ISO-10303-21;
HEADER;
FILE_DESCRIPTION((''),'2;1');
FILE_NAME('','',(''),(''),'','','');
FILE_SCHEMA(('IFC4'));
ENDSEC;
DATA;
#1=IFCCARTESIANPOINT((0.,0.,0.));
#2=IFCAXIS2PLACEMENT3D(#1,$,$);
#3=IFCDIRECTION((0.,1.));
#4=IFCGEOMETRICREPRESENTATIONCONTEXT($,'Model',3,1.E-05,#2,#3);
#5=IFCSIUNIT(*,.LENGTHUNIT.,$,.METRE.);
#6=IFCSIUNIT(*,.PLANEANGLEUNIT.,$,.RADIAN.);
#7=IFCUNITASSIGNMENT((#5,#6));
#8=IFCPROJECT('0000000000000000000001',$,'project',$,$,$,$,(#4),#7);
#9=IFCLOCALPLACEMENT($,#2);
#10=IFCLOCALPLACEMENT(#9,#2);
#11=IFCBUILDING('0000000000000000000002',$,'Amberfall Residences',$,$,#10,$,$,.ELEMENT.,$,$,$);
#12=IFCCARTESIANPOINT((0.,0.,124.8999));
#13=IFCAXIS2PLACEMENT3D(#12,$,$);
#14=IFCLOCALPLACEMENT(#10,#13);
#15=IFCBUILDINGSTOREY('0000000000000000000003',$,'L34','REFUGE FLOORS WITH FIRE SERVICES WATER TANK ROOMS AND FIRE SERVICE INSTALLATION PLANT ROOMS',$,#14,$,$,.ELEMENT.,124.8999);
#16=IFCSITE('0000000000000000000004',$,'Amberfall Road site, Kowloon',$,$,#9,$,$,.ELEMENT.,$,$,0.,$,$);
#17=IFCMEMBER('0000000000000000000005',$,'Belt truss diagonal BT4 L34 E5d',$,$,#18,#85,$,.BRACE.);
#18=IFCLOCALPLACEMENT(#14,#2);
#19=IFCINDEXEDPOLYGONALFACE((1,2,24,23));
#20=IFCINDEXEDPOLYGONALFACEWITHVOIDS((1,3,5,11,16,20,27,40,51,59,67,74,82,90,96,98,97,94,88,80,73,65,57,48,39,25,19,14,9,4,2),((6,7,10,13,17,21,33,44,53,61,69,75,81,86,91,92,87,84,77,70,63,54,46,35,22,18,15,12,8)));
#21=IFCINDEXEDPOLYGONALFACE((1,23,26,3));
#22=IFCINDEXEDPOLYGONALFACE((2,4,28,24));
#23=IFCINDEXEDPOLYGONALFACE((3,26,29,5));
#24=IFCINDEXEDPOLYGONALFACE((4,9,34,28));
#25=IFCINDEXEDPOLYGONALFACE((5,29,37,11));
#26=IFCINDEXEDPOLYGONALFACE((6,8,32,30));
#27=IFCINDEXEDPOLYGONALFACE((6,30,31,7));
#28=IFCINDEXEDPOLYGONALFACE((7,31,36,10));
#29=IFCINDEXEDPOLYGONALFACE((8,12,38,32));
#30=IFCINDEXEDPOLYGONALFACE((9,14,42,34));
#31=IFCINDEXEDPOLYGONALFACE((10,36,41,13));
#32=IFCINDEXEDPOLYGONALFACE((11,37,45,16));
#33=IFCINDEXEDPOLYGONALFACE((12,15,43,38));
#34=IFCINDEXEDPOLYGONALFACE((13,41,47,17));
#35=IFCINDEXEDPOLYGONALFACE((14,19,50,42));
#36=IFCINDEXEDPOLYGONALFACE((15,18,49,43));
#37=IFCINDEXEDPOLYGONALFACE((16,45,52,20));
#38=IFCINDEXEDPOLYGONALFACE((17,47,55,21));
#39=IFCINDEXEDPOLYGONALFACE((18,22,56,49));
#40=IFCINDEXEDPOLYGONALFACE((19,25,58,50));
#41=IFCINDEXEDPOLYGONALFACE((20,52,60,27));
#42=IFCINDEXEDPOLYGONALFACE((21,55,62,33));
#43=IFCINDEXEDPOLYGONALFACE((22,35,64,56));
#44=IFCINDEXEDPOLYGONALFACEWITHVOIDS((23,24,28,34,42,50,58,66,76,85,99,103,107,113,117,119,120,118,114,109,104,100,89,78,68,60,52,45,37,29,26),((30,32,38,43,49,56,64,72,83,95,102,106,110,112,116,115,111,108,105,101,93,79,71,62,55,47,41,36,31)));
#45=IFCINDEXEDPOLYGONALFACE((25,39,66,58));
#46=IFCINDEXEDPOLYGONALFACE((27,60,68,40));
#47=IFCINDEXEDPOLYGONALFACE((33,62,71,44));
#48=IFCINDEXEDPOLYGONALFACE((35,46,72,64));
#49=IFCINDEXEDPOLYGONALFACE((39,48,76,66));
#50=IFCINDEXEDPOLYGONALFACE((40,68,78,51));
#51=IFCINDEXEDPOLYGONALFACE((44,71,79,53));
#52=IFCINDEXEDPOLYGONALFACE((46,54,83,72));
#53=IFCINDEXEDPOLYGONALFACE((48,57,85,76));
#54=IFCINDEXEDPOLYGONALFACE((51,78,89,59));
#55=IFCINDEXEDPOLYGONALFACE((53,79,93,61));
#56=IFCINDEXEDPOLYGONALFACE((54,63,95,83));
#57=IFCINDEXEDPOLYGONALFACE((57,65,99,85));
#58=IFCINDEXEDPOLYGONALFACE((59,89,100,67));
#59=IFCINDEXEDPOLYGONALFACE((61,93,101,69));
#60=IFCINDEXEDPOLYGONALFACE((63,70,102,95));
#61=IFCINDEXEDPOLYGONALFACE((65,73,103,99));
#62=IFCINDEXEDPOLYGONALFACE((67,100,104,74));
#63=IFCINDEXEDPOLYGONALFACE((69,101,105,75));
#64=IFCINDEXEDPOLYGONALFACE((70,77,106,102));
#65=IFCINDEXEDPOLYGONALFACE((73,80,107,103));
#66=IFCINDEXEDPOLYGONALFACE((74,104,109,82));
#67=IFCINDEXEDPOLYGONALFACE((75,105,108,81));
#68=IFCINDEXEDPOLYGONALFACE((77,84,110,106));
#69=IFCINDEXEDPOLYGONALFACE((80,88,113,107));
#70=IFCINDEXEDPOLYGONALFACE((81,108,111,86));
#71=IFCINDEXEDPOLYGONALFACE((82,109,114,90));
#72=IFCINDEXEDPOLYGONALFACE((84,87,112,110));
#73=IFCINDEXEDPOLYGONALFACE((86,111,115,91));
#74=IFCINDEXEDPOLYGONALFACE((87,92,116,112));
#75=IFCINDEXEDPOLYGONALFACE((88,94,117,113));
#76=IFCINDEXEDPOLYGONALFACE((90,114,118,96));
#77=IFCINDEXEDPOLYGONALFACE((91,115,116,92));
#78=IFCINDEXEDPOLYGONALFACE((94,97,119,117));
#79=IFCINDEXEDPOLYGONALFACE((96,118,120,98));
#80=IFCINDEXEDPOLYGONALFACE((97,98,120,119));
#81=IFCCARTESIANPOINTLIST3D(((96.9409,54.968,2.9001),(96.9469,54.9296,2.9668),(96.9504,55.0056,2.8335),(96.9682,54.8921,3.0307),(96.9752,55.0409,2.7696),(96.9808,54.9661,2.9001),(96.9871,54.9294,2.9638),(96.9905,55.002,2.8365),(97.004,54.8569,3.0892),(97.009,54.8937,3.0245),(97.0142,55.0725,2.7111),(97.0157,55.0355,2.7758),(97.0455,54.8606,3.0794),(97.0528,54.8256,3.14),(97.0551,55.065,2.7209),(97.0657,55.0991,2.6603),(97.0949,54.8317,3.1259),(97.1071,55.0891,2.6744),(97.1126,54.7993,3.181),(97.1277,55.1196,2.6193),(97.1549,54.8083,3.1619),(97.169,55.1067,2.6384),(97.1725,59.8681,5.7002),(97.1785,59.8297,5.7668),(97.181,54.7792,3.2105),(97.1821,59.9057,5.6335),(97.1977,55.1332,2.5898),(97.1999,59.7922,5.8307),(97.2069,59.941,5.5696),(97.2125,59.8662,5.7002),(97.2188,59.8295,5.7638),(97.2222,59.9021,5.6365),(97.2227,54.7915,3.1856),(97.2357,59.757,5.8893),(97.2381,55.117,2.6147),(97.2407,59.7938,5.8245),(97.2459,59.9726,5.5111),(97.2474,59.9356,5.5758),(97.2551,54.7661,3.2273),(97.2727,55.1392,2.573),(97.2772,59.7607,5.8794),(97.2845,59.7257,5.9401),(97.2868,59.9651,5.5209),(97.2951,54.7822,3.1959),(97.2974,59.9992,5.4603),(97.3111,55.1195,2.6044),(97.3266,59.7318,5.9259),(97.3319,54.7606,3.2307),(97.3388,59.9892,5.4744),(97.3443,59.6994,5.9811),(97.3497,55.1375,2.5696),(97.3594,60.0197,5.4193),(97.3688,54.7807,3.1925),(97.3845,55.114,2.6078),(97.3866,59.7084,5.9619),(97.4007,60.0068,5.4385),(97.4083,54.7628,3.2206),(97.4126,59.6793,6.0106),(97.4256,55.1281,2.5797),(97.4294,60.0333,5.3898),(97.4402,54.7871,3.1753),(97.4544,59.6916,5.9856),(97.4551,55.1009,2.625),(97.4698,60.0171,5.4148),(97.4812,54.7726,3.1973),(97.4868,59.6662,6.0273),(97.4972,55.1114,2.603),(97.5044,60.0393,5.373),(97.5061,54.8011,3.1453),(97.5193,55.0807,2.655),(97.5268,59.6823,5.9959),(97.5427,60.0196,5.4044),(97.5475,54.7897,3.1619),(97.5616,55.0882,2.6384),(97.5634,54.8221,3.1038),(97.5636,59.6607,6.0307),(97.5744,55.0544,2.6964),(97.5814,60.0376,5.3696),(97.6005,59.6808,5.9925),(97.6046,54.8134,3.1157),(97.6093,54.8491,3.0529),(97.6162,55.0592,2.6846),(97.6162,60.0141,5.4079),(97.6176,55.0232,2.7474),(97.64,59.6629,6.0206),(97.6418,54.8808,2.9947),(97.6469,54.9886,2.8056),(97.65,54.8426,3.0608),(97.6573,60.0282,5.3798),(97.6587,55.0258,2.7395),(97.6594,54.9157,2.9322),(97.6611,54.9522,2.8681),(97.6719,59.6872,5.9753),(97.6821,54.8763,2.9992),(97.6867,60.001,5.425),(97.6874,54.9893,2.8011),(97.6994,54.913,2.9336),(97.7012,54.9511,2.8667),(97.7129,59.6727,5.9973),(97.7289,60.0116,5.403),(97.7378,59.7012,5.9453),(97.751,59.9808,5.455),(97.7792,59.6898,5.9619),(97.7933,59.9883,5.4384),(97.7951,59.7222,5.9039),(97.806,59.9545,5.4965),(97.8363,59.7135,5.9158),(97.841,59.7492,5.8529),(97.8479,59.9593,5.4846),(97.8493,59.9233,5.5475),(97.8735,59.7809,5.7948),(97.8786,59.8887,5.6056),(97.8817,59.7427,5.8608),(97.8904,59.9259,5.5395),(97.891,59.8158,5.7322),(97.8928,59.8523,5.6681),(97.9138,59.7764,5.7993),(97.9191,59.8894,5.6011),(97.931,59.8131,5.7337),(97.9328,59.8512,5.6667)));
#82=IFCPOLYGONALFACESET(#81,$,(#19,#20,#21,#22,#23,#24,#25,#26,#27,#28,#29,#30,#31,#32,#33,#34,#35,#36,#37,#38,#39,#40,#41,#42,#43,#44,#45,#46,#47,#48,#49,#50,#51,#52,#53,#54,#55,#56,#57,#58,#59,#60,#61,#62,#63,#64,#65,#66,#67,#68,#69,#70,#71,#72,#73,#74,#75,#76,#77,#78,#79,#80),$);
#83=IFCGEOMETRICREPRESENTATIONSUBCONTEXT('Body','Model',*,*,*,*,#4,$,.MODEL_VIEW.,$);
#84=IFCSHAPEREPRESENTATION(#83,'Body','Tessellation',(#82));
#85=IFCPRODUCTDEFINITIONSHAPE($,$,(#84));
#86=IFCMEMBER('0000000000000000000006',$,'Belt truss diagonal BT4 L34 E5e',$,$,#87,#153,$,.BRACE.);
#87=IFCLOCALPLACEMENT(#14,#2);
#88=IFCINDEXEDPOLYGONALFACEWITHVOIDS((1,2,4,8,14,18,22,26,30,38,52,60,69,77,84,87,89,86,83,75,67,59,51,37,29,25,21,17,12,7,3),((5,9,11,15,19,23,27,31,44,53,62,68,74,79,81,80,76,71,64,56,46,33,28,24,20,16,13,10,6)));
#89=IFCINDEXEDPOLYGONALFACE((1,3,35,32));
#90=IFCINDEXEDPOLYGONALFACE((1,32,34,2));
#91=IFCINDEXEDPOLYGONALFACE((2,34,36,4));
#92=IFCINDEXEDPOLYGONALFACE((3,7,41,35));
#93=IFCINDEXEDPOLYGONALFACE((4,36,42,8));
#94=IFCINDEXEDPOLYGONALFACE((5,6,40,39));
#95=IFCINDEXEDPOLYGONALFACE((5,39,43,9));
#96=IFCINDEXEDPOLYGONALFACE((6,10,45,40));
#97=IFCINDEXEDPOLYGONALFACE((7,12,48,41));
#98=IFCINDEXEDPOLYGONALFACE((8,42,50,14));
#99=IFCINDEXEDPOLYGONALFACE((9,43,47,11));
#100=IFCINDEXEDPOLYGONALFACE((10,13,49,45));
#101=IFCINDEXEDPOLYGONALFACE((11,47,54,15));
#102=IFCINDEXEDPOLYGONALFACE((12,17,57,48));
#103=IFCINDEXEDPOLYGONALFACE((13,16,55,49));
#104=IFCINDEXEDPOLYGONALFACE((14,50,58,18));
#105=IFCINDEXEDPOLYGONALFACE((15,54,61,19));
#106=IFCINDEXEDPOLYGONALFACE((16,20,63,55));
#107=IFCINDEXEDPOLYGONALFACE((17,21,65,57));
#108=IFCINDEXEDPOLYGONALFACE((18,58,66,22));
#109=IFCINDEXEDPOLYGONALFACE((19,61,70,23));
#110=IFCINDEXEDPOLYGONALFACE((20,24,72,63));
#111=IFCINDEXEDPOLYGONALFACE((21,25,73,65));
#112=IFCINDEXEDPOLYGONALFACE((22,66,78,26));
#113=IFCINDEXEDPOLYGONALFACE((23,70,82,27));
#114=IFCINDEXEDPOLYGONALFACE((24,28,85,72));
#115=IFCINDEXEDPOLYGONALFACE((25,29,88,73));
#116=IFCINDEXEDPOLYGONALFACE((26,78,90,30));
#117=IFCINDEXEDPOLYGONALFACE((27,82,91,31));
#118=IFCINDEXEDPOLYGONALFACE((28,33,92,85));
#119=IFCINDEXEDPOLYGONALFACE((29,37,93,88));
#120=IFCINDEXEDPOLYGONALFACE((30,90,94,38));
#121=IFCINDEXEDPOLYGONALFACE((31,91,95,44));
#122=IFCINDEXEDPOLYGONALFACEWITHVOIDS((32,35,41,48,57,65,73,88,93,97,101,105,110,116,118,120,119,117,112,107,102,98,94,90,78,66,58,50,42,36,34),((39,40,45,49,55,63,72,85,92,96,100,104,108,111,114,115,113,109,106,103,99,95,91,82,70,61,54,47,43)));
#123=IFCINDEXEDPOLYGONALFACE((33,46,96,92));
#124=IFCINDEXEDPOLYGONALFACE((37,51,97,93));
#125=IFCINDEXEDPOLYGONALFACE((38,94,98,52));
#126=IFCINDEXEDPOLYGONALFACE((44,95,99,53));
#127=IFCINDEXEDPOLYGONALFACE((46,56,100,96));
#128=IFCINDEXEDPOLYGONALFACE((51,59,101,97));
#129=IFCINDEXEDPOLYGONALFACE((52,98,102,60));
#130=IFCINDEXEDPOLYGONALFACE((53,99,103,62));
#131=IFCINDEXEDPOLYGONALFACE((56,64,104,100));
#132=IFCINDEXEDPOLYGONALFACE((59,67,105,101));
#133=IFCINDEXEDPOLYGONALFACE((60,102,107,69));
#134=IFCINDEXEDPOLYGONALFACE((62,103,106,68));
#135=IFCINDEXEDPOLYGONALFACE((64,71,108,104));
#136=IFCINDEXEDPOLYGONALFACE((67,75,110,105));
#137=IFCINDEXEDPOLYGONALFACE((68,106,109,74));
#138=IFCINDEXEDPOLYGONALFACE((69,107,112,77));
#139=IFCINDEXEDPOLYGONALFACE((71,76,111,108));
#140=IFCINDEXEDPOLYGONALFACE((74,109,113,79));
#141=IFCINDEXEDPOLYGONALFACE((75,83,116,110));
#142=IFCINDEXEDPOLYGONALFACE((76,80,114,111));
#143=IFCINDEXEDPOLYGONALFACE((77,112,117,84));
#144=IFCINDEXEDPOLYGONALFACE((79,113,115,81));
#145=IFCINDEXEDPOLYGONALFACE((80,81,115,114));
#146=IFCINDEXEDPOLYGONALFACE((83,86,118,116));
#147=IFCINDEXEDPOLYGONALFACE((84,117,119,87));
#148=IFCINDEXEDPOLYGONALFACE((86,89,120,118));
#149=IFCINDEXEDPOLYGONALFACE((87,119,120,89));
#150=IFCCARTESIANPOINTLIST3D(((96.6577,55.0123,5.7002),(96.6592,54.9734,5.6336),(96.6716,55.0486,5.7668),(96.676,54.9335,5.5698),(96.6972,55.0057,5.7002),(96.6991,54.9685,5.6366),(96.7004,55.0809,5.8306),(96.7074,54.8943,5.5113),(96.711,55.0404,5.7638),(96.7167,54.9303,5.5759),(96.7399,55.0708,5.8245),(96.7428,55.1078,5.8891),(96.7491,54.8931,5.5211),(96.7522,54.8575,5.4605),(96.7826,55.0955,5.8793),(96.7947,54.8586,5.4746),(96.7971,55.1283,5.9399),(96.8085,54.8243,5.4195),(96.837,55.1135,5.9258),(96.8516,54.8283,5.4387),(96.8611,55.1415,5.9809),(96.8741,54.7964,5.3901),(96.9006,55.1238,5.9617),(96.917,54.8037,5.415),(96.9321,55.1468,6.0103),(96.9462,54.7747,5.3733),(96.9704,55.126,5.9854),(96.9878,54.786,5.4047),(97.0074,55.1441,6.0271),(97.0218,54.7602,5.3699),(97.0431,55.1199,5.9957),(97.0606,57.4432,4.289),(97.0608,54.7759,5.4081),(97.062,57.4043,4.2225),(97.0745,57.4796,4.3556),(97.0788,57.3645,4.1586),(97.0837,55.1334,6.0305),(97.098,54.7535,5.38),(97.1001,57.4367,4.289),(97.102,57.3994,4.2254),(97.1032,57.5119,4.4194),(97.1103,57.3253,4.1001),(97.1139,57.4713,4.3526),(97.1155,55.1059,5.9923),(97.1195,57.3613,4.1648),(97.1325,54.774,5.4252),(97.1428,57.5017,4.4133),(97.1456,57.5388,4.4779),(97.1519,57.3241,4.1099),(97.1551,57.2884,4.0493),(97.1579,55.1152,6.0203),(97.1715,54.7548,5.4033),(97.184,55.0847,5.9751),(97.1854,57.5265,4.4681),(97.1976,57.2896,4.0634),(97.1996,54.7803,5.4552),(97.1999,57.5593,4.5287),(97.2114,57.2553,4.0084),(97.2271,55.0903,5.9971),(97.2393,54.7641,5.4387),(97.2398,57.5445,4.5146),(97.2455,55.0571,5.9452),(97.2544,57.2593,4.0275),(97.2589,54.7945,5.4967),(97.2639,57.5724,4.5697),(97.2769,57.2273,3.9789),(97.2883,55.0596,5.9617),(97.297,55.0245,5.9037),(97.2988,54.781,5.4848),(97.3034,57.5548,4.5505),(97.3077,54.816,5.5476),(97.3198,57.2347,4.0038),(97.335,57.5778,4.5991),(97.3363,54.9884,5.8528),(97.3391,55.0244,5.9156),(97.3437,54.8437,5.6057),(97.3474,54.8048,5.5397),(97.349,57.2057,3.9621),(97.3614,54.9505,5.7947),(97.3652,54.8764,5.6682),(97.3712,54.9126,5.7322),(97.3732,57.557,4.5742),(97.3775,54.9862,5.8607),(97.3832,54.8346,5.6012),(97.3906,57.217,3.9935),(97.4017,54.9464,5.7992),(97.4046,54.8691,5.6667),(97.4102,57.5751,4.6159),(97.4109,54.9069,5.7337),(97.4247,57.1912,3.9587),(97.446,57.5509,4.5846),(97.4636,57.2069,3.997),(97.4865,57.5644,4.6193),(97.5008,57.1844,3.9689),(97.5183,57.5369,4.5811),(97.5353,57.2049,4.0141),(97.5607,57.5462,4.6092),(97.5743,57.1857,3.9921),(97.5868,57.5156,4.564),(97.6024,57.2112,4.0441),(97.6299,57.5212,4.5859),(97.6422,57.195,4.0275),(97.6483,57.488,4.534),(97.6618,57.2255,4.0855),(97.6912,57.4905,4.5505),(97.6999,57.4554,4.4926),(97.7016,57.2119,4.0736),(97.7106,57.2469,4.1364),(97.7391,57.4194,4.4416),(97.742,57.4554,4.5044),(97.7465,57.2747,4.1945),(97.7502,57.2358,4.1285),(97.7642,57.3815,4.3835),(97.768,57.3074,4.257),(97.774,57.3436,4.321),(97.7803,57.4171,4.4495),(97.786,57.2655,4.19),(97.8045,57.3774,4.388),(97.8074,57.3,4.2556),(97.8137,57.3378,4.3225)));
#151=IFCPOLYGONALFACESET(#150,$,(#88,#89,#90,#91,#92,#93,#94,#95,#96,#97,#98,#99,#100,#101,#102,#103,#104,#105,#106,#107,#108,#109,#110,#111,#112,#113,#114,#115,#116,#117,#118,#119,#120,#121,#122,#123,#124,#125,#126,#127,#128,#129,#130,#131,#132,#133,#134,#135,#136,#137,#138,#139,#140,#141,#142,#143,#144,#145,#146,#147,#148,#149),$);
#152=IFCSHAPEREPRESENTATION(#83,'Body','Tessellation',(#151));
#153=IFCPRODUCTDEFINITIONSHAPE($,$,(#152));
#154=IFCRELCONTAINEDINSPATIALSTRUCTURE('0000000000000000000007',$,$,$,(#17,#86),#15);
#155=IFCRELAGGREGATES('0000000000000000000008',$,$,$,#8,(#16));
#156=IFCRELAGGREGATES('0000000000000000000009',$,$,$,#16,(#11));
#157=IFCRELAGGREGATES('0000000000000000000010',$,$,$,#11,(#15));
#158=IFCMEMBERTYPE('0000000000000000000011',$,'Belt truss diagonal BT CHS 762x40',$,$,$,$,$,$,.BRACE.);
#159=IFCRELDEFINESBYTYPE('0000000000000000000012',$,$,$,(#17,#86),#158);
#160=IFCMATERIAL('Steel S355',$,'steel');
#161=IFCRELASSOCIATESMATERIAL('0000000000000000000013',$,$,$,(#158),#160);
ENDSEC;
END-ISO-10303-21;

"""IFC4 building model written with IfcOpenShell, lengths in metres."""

from ifc_helpers import new_model, si_unit, direction, frame, origin, origin_2d, place, context, subcontext, project, spatial, hollow_circle, extrude, material, material_profile, profile_set, type_object, element, save


model = new_model("IFC4")

# Units and contexts
model_context = context("Model", 3, precision=1e-05, world=origin(), true_north=direction((0.0, 1.0)))
body_context = subcontext(model_context, "Body", "Model", "MODEL_VIEW")
ifc_project = project(units=[si_unit("LENGTHUNIT", "METRE"), si_unit("PLANEANGLEUNIT", "RADIAN")], contexts=[model_context])

# Site, building, storey
site_placement = place(None, origin())
site = spatial("IfcSite", under=ifc_project, at=site_placement, Name="Amberfall Road site, Kowloon", CompositionType="ELEMENT", RefElevation=0.0)
building_placement = place(site_placement, origin())
building = spatial("IfcBuilding", under=site, at=building_placement, Name="Amberfall Residences", CompositionType="ELEMENT")
storey_placement = place(building_placement, frame((0.0, 0.0, 124.8999)))
storey = spatial("IfcBuildingStorey", under=building, at=storey_placement, Name="L34", Description="REFUGE FLOORS WITH FIRE SERVICES WATER TANK ROOMS AND FIRE SERVICE INSTALLATION PLANT ROOMS", CompositionType="ELEMENT", Elevation=124.8999)

# Shared definitions
ifc_material_1 = material(Name="Steel S355", Category="steel")

# Members
ifc_material_profile_1 = material_profile(ifc_material_1, hollow_circle(Radius=0.3811, WallThickness=0.04, at=origin_2d()), Name="CHS 762x40")
ifc_profile_set_1 = profile_set([ifc_material_profile_1], Name="Steel S355")
member_type_1 = type_object("IfcMemberType", Name="Belt truss diagonal BT CHS 762x40", PredefinedType="BRACE", material=ifc_profile_set_1)
member_1_placement = place(storey_placement, frame((97.3215, 54.95, 2.9001), z_axis=(0.041018, 0.867515, 0.495717), x_axis=(-0.998884, 0.047229, 0.0)))
element("IfcMember", 1, at=member_1_placement, inside=storey, type_object=member_type_1, Name="Belt truss diagonal BT4 L34 E5d", PredefinedType="BRACE", context=body_context, shape_type="SweptSolid", body=[
    extrude(hollow_circle(Radius=0.3811, WallThickness=0.04, at=origin_2d()), origin(), (0.0, 0.0, 1.0), 5.6484),
])
member_2_placement = place(storey_placement, frame((97.0337, 54.95, 5.7002), z_axis=(0.141866, 0.856098, -0.496961), x_axis=(-0.986546, 0.163483, 0.0)))
element("IfcMember", 2, at=member_2_placement, inside=storey, type_object=member_type_1, Name="Belt truss diagonal BT4 L34 E5e", PredefinedType="BRACE", context=body_context, shape_type="SweptSolid", body=[
    extrude(hollow_circle(Radius=0.3811, WallThickness=0.04, at=origin_2d()), origin(), (0.0, 0.0, 1.0), 2.8396),
])

save(model, "model.ifc")
